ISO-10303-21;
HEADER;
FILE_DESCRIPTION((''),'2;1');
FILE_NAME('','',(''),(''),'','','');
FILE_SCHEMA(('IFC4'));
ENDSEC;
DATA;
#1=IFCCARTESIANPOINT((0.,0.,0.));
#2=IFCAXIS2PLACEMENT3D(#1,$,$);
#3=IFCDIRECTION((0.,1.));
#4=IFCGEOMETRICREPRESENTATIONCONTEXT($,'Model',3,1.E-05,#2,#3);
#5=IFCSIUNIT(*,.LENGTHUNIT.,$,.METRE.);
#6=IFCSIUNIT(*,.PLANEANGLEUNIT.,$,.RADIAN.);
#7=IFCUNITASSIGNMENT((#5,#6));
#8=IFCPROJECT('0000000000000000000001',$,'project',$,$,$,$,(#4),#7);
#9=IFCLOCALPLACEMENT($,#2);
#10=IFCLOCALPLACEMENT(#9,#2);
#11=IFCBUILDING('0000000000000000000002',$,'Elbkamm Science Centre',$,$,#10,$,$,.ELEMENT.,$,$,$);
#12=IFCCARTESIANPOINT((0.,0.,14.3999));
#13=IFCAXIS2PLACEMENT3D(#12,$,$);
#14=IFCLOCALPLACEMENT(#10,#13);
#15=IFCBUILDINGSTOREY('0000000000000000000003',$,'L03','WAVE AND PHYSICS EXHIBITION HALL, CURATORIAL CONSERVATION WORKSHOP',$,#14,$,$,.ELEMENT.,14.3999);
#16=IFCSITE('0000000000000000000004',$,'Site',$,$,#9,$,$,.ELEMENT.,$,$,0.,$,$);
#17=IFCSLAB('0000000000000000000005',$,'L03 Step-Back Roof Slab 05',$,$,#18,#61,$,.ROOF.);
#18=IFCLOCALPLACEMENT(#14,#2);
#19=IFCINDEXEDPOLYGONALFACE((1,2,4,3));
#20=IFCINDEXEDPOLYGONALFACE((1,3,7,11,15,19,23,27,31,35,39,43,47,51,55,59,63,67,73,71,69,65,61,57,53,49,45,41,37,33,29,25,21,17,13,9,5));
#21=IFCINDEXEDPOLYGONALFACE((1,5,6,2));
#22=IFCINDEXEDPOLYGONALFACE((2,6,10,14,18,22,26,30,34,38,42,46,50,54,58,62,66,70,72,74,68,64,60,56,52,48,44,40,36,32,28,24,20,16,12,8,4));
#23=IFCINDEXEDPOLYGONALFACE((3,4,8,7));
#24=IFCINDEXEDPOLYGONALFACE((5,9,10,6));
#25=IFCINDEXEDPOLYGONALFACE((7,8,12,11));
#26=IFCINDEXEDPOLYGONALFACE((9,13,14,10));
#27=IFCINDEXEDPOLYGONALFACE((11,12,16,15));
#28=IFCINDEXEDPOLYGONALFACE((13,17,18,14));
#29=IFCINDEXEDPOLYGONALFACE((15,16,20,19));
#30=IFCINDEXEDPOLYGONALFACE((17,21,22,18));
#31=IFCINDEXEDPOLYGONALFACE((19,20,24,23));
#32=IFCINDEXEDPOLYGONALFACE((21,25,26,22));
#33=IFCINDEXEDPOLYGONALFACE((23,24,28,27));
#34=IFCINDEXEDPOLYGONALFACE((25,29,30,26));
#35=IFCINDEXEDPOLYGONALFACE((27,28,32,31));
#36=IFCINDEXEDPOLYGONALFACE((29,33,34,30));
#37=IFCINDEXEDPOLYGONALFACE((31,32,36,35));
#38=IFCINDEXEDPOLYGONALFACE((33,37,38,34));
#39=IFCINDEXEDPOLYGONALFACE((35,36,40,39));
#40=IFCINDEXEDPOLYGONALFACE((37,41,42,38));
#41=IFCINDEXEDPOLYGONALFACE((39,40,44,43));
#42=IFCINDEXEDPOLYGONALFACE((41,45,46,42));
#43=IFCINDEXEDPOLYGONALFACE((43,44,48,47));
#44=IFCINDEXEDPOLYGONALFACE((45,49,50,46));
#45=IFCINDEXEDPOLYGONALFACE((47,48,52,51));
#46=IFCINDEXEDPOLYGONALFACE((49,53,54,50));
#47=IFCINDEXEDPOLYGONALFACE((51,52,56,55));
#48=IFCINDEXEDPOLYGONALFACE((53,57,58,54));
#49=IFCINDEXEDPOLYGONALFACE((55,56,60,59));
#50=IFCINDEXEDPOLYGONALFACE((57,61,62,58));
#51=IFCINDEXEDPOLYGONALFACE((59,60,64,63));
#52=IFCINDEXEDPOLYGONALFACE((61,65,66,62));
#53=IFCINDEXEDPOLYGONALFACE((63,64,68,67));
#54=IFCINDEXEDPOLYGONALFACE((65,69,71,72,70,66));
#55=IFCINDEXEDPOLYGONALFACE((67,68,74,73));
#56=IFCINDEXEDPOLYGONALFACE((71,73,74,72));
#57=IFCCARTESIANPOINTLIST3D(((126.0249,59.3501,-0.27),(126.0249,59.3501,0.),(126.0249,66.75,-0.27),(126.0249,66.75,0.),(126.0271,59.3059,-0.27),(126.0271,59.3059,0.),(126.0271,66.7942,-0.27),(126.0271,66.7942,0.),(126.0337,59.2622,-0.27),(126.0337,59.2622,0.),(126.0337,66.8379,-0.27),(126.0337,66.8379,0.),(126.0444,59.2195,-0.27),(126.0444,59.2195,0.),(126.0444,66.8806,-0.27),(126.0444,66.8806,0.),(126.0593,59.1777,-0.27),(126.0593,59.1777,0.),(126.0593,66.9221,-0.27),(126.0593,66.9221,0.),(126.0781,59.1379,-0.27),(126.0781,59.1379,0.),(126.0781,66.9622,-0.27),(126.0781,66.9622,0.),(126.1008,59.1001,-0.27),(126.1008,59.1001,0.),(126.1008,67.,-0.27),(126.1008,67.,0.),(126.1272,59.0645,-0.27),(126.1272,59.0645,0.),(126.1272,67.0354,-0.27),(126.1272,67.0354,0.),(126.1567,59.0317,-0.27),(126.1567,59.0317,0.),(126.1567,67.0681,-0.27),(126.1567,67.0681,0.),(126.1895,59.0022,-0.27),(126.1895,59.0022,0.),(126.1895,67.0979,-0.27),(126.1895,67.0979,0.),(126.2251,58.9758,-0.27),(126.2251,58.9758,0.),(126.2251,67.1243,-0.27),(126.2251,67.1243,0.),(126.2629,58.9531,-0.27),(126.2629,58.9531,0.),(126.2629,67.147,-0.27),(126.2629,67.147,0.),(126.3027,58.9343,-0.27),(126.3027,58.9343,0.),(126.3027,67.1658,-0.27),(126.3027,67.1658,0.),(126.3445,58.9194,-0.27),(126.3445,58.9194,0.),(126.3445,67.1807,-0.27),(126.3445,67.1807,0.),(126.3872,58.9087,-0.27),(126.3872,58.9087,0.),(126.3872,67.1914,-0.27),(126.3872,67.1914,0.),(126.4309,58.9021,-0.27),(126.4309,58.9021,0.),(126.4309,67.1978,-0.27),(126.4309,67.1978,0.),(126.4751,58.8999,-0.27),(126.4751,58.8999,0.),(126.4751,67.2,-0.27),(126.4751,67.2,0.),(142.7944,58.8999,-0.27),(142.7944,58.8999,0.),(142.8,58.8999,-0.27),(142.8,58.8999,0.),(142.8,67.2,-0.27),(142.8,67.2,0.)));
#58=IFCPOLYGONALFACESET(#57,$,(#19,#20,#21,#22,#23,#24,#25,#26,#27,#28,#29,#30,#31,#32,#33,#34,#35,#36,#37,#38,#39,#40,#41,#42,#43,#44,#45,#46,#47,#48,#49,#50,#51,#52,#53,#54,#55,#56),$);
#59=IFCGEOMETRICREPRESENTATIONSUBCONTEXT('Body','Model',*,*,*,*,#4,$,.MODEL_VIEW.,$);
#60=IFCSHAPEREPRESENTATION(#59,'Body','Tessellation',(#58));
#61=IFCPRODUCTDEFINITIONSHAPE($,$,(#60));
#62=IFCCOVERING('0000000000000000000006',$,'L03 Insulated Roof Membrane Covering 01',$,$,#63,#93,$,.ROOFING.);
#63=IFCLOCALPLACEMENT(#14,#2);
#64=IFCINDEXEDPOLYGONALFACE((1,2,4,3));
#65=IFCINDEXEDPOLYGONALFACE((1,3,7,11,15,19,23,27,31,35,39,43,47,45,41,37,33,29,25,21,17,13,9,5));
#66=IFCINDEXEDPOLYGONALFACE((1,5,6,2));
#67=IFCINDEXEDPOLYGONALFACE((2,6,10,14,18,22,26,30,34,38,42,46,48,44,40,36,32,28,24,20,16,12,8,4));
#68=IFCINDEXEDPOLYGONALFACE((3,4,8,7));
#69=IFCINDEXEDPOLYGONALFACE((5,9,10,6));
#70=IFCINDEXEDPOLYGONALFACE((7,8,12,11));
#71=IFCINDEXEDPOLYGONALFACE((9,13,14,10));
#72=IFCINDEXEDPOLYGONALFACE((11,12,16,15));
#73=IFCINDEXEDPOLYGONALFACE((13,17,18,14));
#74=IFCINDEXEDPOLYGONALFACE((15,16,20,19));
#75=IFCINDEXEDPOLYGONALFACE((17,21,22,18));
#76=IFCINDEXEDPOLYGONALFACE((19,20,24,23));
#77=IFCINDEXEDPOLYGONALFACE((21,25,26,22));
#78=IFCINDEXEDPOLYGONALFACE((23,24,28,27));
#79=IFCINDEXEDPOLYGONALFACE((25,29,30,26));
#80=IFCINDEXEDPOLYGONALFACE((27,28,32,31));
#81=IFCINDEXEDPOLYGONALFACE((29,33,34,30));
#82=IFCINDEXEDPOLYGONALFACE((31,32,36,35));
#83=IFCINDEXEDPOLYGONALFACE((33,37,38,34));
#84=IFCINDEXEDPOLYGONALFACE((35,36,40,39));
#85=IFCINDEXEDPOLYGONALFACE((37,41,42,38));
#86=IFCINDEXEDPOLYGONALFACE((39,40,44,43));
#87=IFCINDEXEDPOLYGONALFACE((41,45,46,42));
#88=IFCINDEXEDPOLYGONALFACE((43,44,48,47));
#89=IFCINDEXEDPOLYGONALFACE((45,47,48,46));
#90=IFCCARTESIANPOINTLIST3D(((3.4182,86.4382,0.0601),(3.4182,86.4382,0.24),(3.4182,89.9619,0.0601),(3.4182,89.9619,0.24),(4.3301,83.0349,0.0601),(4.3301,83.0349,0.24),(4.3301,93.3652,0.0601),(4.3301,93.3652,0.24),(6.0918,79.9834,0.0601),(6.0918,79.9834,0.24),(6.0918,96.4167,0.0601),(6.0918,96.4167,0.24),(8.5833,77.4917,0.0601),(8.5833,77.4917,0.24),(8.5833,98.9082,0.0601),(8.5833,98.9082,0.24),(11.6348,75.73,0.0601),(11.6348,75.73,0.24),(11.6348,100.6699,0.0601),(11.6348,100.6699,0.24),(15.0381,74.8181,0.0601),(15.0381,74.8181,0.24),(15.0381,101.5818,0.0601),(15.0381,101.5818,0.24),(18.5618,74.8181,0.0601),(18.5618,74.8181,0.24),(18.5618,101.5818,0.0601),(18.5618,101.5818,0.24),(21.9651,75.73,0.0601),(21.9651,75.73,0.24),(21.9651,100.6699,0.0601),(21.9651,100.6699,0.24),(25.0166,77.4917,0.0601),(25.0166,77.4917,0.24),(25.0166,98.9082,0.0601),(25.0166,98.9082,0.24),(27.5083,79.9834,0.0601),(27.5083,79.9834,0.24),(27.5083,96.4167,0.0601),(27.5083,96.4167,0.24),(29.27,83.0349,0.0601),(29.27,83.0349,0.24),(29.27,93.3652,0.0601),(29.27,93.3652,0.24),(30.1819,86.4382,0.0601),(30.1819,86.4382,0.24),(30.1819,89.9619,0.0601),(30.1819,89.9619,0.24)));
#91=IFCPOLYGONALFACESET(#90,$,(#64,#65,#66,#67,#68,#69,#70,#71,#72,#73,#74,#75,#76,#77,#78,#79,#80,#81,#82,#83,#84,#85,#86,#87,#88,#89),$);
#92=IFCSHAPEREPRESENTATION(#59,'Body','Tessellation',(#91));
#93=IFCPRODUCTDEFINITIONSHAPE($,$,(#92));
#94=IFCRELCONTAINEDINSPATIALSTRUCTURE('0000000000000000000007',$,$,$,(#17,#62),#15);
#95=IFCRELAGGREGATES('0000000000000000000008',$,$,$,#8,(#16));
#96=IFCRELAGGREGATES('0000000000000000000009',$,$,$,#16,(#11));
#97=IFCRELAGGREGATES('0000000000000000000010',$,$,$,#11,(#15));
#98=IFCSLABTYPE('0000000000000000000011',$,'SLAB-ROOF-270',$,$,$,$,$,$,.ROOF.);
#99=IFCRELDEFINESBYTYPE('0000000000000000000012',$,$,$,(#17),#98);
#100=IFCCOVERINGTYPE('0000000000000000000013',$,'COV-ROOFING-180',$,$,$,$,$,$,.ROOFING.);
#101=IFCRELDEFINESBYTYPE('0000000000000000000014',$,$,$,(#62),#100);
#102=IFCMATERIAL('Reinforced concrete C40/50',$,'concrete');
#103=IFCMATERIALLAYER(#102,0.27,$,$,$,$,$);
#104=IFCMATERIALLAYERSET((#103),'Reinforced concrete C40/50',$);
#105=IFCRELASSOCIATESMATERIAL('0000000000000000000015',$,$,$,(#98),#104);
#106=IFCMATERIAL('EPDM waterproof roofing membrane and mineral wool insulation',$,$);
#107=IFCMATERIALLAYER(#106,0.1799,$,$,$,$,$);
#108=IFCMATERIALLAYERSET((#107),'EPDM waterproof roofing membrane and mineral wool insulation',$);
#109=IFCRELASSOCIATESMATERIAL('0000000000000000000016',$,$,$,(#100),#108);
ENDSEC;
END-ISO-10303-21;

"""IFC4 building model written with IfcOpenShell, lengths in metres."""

from ifc_helpers import new_model, si_unit, direction, frame, origin, place, context, subcontext, project, spatial, polyline, outline, extrude, material, layer, layer_set, type_object, element, save


model = new_model("IFC4")

# Units and contexts
model_context = context("Model", 3, precision=1e-05, world=origin(), true_north=direction((0.0, 1.0)))
body_context = subcontext(model_context, "Body", "Model", "MODEL_VIEW")
ifc_project = project(units=[si_unit("LENGTHUNIT", "METRE"), si_unit("PLANEANGLEUNIT", "RADIAN")], contexts=[model_context])

# Site, building, storey
site_placement = place(None, origin())
site = spatial("IfcSite", under=ifc_project, at=site_placement, Name="Site", CompositionType="ELEMENT", RefElevation=0.0)
building_placement = place(site_placement, origin())
building = spatial("IfcBuilding", under=site, at=building_placement, Name="Elbkamm Science Centre", CompositionType="ELEMENT")
storey_placement = place(building_placement, frame((0.0, 0.0, 14.3999)))
storey = spatial("IfcBuildingStorey", under=building, at=storey_placement, Name="L03", Description="WAVE AND PHYSICS EXHIBITION HALL, CURATORIAL CONSERVATION WORKSHOP", CompositionType="ELEMENT", Elevation=14.3999)

# Shared definitions
ifc_material_1 = material(Name="Reinforced concrete C40/50", Category="concrete")

# Shared definitions
ifc_layer_1 = layer(ifc_material_1, 0.27)
ifc_layer_set_1 = layer_set([ifc_layer_1], Name="Reinforced concrete C40/50")
slab_type_1 = type_object("IfcSlabType", Name="SLAB-ROOF-270", PredefinedType="ROOF", material=ifc_layer_set_1)

# Slab
slab_1_placement = place(storey_placement, frame((0.0, 0.0, -0.27)))
element("IfcSlab", 1, at=slab_1_placement, inside=storey, type_object=slab_type_1, Name="L03 Step-Back Roof Slab 05", PredefinedType="ROOF", context=body_context, shape_type="SweptSolid", body=[
    extrude(outline(polyline([(126.4309, 58.9021), (126.3872, 58.9087), (126.3445, 58.9194), (126.3027, 58.9343), (126.2629, 58.9531), (126.2251, 58.9758), (126.1895, 59.0022), (126.1567, 59.0317), (126.1272, 59.0645), (126.1008, 59.1001), (126.0781, 59.1379), (126.0593, 59.1777), (126.0444, 59.2195), (126.0337, 59.2622), (126.0271, 59.3059), (126.0249, 59.3501), (126.0249, 66.75), (126.0271, 66.7942), (126.0337, 66.8379), (126.0444, 66.8806), (126.0593, 66.9221), (126.0781, 66.9622), (126.1008, 67.0), (126.1272, 67.0354), (126.1567, 67.0681), (126.1895, 67.0979), (126.2251, 67.1243), (126.2629, 67.147), (126.3027, 67.1658), (126.3445, 67.1807), (126.3872, 67.1914), (126.4309, 67.1978), (126.4751, 67.2), (142.8, 67.2), (142.8, 58.8999), (142.7944, 58.8999), (126.4751, 58.8999), (126.4309, 58.9021)])), origin(), (0.0, 0.0, 1.0), 0.27),
])

# Covering
ifc_material_2 = material(Name="EPDM waterproof roofing membrane and mineral wool insulation")
ifc_layer_2 = layer(ifc_material_2, 0.1799)
ifc_layer_set_2 = layer_set([ifc_layer_2], Name="EPDM waterproof roofing membrane and mineral wool insulation")
covering_type = type_object("IfcCoveringType", Name="COV-ROOFING-180", PredefinedType="ROOFING", material=ifc_layer_set_2)
covering_1_placement = place(storey_placement, frame((0.0, 0.0, 0.0601)))
element("IfcCovering", 2, at=covering_1_placement, inside=storey, type_object=covering_type, Name="L03 Insulated Roof Membrane Covering 01", PredefinedType="ROOFING", context=body_context, shape_type="SweptSolid", body=[
    extrude(outline(polyline([(30.1819, 86.4382), (29.27, 83.0349), (27.5083, 79.9834), (25.0166, 77.4917), (21.9651, 75.73), (18.5618, 74.8181), (15.0381, 74.8181), (11.6348, 75.73), (8.5833, 77.4917), (6.0918, 79.9834), (4.3301, 83.0349), (3.4182, 86.4382), (3.4182, 89.9619), (4.3301, 93.3652), (6.0918, 96.4167), (8.5833, 98.9082), (11.6348, 100.6699), (15.0381, 101.5818), (18.5618, 101.5818), (21.9651, 100.6699), (25.0166, 98.9082), (27.5083, 96.4167), (29.27, 93.3652), (30.1819, 89.9619), (30.1819, 86.4382)])), origin(), (0.0, 0.0, 1.0), 0.1799),
])

save(model, "model.ifc")
